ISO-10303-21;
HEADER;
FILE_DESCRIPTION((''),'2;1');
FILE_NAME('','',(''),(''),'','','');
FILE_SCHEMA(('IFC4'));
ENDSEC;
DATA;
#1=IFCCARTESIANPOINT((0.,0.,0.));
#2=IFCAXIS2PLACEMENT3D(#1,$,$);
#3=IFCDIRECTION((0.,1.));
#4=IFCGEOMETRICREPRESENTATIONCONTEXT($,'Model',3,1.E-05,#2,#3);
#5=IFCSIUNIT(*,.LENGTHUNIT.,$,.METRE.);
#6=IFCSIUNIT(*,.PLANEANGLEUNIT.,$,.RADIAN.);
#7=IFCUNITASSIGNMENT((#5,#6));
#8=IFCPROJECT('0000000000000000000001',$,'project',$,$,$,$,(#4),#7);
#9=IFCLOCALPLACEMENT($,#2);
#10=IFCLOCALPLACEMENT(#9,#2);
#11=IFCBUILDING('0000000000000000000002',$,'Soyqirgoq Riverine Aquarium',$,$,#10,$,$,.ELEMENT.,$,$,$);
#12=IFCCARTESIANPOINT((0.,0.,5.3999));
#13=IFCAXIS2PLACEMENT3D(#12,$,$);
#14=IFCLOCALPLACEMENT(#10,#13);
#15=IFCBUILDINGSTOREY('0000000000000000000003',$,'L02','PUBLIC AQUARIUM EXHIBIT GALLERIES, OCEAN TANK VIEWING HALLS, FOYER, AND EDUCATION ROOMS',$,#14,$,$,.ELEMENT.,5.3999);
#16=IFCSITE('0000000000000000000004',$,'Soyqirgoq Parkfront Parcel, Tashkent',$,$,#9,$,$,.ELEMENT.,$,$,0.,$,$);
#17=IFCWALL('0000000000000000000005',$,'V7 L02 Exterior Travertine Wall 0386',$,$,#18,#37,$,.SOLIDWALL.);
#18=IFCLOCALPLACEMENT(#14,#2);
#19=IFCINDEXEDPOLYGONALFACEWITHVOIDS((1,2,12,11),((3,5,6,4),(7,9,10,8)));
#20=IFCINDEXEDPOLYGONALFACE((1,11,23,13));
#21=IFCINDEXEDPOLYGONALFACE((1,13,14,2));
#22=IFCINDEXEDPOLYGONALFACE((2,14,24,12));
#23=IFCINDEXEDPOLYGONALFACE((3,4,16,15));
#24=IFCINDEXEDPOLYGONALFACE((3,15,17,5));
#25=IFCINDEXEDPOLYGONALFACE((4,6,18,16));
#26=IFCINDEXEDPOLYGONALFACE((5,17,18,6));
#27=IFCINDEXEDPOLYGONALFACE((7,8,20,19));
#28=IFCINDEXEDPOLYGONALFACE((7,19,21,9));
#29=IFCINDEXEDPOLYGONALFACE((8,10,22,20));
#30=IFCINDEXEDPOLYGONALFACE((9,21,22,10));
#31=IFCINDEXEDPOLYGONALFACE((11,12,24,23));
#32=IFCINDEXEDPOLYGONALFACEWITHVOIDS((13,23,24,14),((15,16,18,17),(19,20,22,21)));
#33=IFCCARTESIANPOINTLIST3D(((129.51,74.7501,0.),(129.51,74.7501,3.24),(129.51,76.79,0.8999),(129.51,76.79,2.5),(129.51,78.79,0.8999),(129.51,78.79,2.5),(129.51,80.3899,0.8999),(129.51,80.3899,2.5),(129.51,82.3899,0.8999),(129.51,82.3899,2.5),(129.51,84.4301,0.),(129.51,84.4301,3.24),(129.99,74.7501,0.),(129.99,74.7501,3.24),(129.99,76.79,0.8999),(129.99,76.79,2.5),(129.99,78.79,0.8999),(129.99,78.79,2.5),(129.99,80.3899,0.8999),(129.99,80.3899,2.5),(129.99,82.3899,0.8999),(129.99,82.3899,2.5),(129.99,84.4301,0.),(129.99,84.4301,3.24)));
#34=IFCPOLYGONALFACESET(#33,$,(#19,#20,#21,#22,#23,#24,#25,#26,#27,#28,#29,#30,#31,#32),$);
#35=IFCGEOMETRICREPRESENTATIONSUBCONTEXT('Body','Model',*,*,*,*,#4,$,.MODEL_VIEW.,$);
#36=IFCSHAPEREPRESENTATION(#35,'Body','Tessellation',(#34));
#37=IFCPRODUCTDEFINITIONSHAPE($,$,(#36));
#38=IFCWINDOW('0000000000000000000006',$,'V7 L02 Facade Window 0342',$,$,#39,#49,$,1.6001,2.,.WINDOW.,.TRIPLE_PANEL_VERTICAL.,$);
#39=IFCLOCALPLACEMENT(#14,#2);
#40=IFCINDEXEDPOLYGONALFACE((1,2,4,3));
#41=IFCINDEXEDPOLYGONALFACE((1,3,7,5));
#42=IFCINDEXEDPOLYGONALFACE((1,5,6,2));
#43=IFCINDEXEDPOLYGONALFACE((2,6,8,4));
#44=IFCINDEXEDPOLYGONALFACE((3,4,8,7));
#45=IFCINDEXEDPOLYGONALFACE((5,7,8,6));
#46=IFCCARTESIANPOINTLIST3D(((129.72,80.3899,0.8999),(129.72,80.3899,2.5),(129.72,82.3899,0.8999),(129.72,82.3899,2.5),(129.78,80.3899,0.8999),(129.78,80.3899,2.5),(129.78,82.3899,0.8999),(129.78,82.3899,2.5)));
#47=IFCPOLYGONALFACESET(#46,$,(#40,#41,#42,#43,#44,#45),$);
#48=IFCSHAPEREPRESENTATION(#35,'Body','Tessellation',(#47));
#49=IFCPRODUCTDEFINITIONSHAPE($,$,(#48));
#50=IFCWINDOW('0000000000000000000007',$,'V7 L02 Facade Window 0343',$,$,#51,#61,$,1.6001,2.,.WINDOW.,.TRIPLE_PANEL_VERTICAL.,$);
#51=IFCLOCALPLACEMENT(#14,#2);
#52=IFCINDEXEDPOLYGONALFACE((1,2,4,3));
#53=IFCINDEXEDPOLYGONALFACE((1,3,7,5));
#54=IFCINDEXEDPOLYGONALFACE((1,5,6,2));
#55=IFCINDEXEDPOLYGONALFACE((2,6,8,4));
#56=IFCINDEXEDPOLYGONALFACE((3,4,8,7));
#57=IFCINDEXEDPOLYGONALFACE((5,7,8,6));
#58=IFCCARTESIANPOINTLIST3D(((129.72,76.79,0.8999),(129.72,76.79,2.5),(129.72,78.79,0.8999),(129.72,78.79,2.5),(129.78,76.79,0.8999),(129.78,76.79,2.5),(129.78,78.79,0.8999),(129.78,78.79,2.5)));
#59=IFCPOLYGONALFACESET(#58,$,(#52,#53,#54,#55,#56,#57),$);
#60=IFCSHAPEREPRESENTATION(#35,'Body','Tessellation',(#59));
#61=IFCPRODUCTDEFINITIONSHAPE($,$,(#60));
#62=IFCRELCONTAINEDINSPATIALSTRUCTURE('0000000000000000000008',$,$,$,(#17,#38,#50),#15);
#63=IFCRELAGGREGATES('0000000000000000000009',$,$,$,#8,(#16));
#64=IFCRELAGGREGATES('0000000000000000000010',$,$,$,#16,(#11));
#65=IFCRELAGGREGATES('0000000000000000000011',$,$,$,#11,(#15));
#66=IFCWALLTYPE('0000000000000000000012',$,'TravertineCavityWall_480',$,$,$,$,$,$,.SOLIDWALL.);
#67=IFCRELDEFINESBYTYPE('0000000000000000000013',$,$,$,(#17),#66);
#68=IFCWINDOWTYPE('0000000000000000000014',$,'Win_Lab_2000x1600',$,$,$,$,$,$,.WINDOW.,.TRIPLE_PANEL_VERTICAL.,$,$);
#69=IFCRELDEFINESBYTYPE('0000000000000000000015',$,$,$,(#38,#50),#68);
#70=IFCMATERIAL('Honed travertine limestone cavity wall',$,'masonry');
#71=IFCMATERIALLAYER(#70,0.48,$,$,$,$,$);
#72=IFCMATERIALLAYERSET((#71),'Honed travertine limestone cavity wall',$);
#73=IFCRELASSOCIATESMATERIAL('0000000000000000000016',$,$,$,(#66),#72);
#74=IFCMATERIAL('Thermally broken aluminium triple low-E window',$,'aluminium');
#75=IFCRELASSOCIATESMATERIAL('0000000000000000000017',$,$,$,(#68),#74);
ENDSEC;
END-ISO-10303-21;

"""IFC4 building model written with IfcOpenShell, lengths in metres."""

from ifc_helpers import new_model, si_unit, direction, frame, frame_2d, origin, place, context, subcontext, project, spatial, rectangle, extrude, material, layer, layer_set, type_object, element, fill, save


model = new_model("IFC4")

# Units and contexts
model_context = context("Model", 3, precision=1e-05, world=origin(), true_north=direction((0.0, 1.0)))
body_context = subcontext(model_context, "Body", "Model", "MODEL_VIEW")
ifc_project = project(units=[si_unit("LENGTHUNIT", "METRE"), si_unit("PLANEANGLEUNIT", "RADIAN")], contexts=[model_context])

# Site, building, storey
site_placement = place(None, origin())
site = spatial("IfcSite", under=ifc_project, at=site_placement, Name="Soyqirgoq Parkfront Parcel, Tashkent", CompositionType="ELEMENT", RefElevation=0.0)
building_placement = place(site_placement, origin())
building = spatial("IfcBuilding", under=site, at=building_placement, Name="Soyqirgoq Riverine Aquarium", CompositionType="ELEMENT")
storey_placement = place(building_placement, frame((0.0, 0.0, 5.3999)))
storey = spatial("IfcBuildingStorey", under=building, at=storey_placement, Name="L02", Description="PUBLIC AQUARIUM EXHIBIT GALLERIES, OCEAN TANK VIEWING HALLS, FOYER, AND EDUCATION ROOMS", CompositionType="ELEMENT", Elevation=5.3999)

# Wall, openings, windows
ifc_material_1 = material(Name="Honed travertine limestone cavity wall", Category="masonry")
ifc_layer_1 = layer(ifc_material_1, 0.48)
ifc_layer_set_1 = layer_set([ifc_layer_1], Name="Honed travertine limestone cavity wall")
wall_type = type_object("IfcWallType", Name="TravertineCavityWall_480", PredefinedType="SOLIDWALL", material=ifc_layer_set_1)
wall_placement = place(storey_placement, frame((129.75, 84.4299, 0.0), z_axis=(0.0, 0.0, 1.0), x_axis=(0.0, -1.0, 0.0)))
wall = element("IfcWall", 1, at=wall_placement, inside=storey, type_object=wall_type, Name="V7 L02 Exterior Travertine Wall 0386", PredefinedType="SOLIDWALL", context=body_context, shape_type="SweptSolid", body=[
    extrude(rectangle(XDim=9.6799, YDim=0.48, at=frame_2d((4.8398, 0.0))), origin(), (0.0, 0.0, 1.0), 3.24),
])
opening_1_placement = place(wall_placement, frame((2.04, 0.0, 0.8999)))
opening_1 = element("IfcOpeningElement", 2, at=opening_1_placement, cuts=wall, PredefinedType="OPENING", context=body_context, shape_type="SweptSolid", body=[
    extrude(rectangle(XDim=2.0, YDim=1.6001, at=frame_2d((1.0, 0.8))), frame((0.0, 0.25, 0.0), z_axis=(0.0, -1.0, 0.0), x_axis=(1.0, 0.0, 0.0)), (0.0, 0.0, 1.0), 0.5),
])
opening_2_placement = place(wall_placement, frame((5.6399, 0.0, 0.8999)))
opening_2 = element("IfcOpeningElement", 3, at=opening_2_placement, cuts=wall, PredefinedType="OPENING", context=body_context, shape_type="SweptSolid", body=[
    extrude(rectangle(XDim=2.0, YDim=1.6001, at=frame_2d((1.0, 0.8))), frame((0.0, 0.25, 0.0), z_axis=(0.0, -1.0, 0.0), x_axis=(1.0, 0.0, 0.0)), (0.0, 0.0, 1.0), 0.5),
])
ifc_material_2 = material(Name="Thermally broken aluminium triple low-E window", Category="aluminium")
window_type = type_object("IfcWindowType", Name="Win_Lab_2000x1600", PartitioningType="TRIPLE_PANEL_VERTICAL", PredefinedType="WINDOW", material=ifc_material_2)
window_1_placement = place(opening_1_placement, origin())
window_1 = element("IfcWindow", 4, at=window_1_placement, inside=storey, type_object=window_type, Name="V7 L02 Facade Window 0342", OverallHeight=1.6001, OverallWidth=2.0, PartitioningType="TRIPLE_PANEL_VERTICAL", PredefinedType="WINDOW", context=body_context, shape_type="SweptSolid", body=[
    extrude(rectangle(XDim=2.0, YDim=1.6001, at=frame_2d((1.0, 0.8))), frame((0.0, 0.03, 0.0), z_axis=(0.0, -1.0, 0.0), x_axis=(1.0, 0.0, 0.0)), (0.0, 0.0, 1.0), 0.0601),
])
fill(opening_1, window_1)
window_2_placement = place(opening_2_placement, origin())
window_2 = element("IfcWindow", 5, at=window_2_placement, inside=storey, type_object=window_type, Name="V7 L02 Facade Window 0343", OverallHeight=1.6001, OverallWidth=2.0, PartitioningType="TRIPLE_PANEL_VERTICAL", PredefinedType="WINDOW", context=body_context, shape_type="SweptSolid", body=[
    extrude(rectangle(XDim=2.0, YDim=1.6001, at=frame_2d((1.0, 0.8))), frame((0.0, 0.03, 0.0), z_axis=(0.0, -1.0, 0.0), x_axis=(1.0, 0.0, 0.0)), (0.0, 0.0, 1.0), 0.0601),
])
fill(opening_2, window_2)

save(model, "model.ifc")
